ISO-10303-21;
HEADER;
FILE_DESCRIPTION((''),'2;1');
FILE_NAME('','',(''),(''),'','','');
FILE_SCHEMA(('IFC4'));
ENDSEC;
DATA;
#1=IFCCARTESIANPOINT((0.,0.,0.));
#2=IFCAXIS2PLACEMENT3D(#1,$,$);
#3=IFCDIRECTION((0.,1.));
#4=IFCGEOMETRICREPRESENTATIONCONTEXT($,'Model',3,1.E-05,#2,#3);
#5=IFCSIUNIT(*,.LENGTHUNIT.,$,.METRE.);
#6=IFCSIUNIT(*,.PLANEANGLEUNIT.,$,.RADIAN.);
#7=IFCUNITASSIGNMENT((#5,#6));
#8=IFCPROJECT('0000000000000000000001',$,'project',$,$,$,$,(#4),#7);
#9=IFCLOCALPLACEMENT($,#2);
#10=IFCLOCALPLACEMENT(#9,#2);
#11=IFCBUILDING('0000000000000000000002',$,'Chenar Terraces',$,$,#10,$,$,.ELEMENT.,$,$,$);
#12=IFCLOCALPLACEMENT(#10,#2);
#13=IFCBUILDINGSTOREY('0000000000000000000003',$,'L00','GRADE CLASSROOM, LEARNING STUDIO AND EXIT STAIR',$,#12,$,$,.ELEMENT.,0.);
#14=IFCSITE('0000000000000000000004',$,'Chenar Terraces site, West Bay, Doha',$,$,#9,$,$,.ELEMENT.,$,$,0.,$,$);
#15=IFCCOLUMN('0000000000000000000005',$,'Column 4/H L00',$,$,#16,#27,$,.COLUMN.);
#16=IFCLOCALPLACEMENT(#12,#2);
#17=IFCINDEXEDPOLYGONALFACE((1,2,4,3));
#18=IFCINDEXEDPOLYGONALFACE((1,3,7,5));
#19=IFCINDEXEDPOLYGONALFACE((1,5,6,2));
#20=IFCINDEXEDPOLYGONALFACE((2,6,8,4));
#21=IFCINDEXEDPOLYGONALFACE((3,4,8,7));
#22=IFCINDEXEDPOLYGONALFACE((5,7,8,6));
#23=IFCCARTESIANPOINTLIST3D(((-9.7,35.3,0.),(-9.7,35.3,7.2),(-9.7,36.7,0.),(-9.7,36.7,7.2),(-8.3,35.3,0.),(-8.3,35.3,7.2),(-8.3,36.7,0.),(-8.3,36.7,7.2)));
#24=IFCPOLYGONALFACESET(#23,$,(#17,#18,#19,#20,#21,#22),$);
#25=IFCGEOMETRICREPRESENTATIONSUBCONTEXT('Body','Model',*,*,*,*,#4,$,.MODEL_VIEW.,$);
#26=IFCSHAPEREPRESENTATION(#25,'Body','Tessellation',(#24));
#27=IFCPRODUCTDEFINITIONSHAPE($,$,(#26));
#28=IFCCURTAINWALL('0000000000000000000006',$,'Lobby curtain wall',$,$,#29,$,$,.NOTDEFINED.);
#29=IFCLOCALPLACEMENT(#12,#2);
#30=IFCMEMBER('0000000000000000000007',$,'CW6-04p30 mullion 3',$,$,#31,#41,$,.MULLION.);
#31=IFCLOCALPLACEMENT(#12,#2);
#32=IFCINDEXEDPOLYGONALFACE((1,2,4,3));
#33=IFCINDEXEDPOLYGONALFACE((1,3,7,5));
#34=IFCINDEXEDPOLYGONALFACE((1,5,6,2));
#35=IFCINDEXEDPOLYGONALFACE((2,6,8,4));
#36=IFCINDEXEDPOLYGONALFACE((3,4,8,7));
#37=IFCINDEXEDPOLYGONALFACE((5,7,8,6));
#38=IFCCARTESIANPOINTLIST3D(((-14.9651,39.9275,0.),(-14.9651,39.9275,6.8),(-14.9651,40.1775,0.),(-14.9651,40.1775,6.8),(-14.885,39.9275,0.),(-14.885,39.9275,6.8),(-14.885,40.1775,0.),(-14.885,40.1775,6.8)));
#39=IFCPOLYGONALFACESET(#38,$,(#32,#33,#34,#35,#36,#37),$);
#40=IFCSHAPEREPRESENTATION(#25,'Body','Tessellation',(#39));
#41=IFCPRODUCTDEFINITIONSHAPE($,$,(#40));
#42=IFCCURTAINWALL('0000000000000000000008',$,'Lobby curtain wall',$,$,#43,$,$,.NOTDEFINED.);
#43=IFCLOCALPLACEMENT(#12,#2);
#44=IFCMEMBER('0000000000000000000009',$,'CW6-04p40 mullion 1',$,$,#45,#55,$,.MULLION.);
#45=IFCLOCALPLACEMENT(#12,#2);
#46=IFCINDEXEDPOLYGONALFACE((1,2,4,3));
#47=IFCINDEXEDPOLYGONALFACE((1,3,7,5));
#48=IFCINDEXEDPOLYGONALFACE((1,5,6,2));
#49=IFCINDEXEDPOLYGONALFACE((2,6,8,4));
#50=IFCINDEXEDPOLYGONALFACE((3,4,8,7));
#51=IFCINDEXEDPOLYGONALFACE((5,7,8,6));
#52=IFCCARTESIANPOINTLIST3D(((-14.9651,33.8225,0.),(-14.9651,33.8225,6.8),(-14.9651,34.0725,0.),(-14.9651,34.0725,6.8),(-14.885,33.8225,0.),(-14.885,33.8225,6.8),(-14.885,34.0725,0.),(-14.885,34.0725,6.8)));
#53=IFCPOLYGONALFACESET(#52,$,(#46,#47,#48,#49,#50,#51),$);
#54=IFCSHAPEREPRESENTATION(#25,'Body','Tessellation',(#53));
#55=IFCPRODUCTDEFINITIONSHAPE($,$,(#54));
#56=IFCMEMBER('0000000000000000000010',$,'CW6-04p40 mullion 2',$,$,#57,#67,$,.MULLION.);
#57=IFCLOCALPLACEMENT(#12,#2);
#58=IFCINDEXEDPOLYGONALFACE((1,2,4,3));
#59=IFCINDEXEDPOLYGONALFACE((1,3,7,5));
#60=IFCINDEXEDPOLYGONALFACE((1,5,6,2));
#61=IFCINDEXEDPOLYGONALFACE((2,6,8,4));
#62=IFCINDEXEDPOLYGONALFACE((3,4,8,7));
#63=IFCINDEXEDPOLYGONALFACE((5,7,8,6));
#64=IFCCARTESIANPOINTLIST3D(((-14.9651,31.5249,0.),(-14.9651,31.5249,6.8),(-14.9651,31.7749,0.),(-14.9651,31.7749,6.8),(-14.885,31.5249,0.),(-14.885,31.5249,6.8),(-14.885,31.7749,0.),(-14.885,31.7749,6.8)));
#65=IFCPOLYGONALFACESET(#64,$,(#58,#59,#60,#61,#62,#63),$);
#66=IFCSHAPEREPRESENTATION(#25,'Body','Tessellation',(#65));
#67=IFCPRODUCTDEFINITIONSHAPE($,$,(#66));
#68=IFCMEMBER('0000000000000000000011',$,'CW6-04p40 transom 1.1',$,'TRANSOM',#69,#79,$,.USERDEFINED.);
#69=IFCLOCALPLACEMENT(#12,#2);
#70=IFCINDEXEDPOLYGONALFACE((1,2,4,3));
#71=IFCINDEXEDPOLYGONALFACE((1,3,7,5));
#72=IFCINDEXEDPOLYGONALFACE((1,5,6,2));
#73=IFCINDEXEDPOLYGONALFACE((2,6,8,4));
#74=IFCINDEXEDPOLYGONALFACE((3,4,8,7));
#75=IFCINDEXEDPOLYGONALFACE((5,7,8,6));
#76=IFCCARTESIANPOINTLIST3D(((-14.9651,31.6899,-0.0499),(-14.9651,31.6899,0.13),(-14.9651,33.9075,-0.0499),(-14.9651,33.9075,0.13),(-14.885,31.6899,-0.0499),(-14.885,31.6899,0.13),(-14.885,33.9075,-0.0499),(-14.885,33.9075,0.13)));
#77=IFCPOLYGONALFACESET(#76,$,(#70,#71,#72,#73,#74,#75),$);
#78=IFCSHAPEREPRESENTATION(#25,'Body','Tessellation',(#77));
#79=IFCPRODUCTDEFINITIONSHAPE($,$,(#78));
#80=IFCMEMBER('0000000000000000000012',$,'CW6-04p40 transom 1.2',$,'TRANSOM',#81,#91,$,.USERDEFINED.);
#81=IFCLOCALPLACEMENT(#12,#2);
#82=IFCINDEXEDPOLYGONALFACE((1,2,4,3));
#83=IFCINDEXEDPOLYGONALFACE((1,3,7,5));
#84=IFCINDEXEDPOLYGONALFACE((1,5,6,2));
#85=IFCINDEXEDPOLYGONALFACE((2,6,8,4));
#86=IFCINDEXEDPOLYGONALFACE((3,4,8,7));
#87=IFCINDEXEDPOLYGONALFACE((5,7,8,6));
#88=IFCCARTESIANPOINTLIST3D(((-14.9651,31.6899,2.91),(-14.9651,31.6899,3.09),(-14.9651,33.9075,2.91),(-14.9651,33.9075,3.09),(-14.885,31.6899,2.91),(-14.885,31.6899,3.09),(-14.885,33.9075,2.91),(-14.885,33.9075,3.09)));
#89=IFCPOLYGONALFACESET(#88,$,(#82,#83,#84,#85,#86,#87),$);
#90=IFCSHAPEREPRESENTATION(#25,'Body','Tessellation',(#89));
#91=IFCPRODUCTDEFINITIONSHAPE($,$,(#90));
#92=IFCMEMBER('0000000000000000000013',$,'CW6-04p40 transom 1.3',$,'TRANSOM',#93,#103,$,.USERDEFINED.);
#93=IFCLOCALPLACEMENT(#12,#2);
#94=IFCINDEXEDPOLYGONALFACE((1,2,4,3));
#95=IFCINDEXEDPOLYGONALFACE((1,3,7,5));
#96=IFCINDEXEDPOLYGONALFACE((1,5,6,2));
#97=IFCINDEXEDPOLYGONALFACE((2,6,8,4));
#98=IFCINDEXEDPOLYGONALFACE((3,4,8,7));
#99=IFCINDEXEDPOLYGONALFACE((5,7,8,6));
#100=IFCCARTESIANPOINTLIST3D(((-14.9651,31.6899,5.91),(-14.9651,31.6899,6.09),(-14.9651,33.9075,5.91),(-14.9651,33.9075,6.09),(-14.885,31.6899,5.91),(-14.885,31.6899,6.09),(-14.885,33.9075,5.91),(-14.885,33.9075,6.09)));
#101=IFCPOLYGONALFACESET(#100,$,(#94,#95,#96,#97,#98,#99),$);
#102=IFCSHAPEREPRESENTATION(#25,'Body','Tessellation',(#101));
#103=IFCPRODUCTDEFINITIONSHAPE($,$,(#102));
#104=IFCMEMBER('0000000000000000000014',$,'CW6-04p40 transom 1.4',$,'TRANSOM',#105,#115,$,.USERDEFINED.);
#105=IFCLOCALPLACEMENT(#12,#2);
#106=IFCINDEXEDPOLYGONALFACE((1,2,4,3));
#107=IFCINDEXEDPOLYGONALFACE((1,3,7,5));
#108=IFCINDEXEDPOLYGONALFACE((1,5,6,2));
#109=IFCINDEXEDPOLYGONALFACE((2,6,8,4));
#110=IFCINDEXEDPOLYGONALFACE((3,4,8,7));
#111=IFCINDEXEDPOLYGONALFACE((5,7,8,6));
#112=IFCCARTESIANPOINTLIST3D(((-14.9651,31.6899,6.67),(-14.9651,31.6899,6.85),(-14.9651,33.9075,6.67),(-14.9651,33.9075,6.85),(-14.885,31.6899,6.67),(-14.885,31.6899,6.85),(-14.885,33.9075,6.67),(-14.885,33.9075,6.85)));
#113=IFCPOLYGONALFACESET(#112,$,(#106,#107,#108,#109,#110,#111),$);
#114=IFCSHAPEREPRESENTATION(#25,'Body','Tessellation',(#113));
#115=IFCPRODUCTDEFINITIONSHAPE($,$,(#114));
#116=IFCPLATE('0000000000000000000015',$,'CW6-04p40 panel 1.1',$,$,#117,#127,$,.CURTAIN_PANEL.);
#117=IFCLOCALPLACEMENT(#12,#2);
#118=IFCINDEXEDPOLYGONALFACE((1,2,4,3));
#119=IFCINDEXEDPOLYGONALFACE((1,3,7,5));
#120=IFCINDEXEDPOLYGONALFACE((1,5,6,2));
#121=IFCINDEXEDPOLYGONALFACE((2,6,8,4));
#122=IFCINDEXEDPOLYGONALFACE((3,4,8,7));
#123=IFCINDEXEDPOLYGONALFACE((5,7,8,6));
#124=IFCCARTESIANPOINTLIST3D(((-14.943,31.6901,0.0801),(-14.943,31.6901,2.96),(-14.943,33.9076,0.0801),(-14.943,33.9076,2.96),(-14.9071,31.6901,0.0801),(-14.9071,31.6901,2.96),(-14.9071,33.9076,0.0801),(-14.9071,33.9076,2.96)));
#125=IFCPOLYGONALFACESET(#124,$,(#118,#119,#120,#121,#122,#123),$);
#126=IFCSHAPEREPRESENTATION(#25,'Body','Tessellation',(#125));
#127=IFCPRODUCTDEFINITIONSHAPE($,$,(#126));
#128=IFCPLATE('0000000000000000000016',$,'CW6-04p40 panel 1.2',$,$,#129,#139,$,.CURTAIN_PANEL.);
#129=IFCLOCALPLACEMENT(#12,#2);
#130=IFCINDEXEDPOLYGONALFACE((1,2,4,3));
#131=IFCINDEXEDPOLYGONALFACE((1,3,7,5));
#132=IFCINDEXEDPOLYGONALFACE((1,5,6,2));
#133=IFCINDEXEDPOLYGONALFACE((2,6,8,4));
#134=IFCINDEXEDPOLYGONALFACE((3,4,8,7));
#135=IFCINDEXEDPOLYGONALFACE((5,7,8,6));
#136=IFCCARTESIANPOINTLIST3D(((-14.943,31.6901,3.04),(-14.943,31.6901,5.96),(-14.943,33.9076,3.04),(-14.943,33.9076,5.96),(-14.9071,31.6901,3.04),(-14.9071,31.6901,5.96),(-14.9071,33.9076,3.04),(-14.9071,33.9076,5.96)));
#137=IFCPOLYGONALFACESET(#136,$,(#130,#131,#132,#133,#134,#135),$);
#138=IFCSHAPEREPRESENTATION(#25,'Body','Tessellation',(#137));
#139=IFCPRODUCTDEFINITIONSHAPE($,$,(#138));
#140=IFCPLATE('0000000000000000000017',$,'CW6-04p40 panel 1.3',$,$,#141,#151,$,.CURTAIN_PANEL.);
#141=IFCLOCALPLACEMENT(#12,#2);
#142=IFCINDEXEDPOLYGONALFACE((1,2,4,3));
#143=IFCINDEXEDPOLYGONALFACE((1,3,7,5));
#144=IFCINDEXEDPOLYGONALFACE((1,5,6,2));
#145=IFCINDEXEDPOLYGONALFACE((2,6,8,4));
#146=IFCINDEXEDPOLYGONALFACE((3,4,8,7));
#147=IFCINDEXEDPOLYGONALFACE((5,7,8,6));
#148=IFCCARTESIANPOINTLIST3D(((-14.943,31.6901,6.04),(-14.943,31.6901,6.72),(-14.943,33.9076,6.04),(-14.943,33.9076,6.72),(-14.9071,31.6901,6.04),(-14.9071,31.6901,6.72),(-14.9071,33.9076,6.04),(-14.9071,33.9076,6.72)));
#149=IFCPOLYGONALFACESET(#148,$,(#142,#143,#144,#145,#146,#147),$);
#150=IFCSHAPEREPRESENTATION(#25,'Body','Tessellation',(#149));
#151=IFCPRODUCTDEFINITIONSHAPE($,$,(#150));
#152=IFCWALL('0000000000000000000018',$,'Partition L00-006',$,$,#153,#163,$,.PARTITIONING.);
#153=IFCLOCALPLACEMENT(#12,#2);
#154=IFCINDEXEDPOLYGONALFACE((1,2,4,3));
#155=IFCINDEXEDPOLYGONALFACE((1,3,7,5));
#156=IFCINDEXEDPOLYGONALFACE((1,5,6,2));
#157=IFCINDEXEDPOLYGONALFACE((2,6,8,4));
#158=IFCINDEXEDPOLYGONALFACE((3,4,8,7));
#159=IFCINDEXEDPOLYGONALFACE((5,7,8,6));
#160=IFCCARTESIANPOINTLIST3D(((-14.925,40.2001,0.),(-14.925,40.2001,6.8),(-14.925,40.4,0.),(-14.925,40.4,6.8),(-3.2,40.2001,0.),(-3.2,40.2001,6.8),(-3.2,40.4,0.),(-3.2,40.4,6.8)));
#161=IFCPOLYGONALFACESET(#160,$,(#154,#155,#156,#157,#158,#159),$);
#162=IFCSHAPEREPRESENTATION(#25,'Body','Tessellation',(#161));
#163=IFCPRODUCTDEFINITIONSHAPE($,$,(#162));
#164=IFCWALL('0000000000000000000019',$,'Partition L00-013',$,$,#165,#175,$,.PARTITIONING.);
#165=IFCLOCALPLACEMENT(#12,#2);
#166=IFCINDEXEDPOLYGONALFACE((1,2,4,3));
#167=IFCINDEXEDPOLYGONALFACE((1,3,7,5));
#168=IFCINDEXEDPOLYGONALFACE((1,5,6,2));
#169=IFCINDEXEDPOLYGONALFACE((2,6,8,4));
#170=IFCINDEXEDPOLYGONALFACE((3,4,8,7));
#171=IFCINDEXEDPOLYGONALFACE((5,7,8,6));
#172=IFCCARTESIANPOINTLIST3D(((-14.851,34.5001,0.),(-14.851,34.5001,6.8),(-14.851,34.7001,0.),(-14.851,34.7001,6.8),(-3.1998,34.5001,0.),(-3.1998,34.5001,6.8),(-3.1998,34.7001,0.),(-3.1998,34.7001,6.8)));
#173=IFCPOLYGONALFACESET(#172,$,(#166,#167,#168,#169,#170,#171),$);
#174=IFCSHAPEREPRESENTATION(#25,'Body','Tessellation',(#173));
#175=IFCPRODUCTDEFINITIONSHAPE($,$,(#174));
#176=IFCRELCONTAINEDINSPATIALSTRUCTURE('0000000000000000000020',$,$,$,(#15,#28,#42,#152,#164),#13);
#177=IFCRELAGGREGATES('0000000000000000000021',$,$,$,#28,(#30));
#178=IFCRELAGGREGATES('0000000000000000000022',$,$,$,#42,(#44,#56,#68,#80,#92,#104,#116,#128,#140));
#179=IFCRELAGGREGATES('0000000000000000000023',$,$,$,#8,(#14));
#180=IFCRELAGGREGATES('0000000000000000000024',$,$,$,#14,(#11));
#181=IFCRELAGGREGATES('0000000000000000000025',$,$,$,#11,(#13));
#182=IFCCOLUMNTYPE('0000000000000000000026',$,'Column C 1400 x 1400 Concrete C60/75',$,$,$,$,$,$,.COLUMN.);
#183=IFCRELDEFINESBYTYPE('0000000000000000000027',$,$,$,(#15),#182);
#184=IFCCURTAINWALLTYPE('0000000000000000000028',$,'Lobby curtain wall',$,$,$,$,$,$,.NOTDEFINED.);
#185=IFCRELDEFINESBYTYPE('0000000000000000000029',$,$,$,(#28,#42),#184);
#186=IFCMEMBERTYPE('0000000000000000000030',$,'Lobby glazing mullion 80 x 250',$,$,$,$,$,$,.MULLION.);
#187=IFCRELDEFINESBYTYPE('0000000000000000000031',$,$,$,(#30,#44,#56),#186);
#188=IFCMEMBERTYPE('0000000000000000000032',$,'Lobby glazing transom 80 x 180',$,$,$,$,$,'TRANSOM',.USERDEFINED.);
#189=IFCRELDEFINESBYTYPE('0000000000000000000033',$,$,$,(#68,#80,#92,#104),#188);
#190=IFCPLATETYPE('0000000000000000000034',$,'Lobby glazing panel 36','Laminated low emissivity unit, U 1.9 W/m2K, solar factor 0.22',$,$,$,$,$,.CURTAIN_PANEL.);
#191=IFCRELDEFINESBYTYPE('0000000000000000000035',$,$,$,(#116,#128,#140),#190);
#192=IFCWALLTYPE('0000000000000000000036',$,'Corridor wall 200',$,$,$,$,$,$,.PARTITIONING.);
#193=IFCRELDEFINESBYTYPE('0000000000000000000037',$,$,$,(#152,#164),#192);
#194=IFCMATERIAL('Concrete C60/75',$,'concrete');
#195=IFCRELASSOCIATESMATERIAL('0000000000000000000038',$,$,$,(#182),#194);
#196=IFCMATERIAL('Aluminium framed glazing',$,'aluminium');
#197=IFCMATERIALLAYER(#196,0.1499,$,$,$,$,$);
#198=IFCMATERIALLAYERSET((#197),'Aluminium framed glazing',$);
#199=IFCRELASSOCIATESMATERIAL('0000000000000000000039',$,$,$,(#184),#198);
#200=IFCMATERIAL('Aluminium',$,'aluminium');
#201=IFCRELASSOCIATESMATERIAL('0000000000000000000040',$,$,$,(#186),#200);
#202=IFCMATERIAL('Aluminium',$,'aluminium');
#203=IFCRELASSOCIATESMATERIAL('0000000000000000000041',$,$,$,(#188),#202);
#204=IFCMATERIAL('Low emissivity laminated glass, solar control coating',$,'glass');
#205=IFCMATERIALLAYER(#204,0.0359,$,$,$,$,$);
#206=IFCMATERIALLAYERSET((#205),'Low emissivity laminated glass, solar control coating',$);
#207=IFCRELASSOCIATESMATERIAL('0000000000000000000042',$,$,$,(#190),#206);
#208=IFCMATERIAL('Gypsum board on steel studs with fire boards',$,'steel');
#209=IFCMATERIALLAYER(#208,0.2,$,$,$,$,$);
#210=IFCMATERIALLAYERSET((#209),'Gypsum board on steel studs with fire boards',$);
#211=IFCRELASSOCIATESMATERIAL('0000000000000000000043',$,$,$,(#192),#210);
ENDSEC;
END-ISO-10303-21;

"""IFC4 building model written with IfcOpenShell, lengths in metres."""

from ifc_helpers import new_model, si_unit, direction, frame, frame_2d, origin, origin_2d, place, context, subcontext, project, spatial, rectangle, extrude, material, layer, layer_set, material_profile, profile_set, type_object, element, aggregate, save


model = new_model("IFC4")

# Units and contexts
model_context = context("Model", 3, precision=1e-05, world=origin(), true_north=direction((0.0, 1.0)))
body_context = subcontext(model_context, "Body", "Model", "MODEL_VIEW")
ifc_project = project(units=[si_unit("LENGTHUNIT", "METRE"), si_unit("PLANEANGLEUNIT", "RADIAN")], contexts=[model_context])

# Site, building, storey
site_placement = place(None, origin())
site = spatial("IfcSite", under=ifc_project, at=site_placement, Name="Chenar Terraces site, West Bay, Doha", CompositionType="ELEMENT", RefElevation=0.0)
building_placement = place(site_placement, origin())
building = spatial("IfcBuilding", under=site, at=building_placement, Name="Chenar Terraces", CompositionType="ELEMENT")
storey_placement = place(building_placement, origin())
storey = spatial("IfcBuildingStorey", under=building, at=storey_placement, Name="L00", Description="GRADE CLASSROOM, LEARNING STUDIO AND EXIT STAIR", CompositionType="ELEMENT", Elevation=0.0)

# Column
ifc_material_1 = material(Name="Concrete C60/75", Category="concrete")
ifc_material_profile_1 = material_profile(ifc_material_1, rectangle(XDim=1.3999, YDim=1.3999, at=origin_2d()), Name="C 1400 x 1400")
ifc_profile_set_1 = profile_set([ifc_material_profile_1], Name="Concrete C60/75")
column_type = type_object("IfcColumnType", Name="Column C 1400 x 1400 Concrete C60/75", PredefinedType="COLUMN", material=ifc_profile_set_1)
column_placement = place(storey_placement, frame((-9.0, 36.0, 0.0), z_axis=(0.0, 0.0, 1.0), x_axis=(1.0, 0.0, 0.0)))
element("IfcColumn", 1, at=column_placement, inside=storey, type_object=column_type, Name="Column 4/H L00", PredefinedType="COLUMN", context=body_context, shape_type="SweptSolid", body=[
    extrude(rectangle(XDim=1.3999, YDim=1.3999, at=origin_2d()), origin(), (0.0, 0.0, 1.0), 7.2),
])

# Curtain wall, member
ifc_material_2 = material(Name="Aluminium framed glazing", Category="aluminium")
ifc_layer_1 = layer(ifc_material_2, 0.1499)
ifc_layer_set_1 = layer_set([ifc_layer_1], Name="Aluminium framed glazing")
curtain_wall_type = type_object("IfcCurtainWallType", Name="Lobby curtain wall", PredefinedType="NOTDEFINED", material=ifc_layer_set_1)
placement = place(storey_placement, origin())
curtain_wall_1 = element("IfcCurtainWall", 2, at=placement, inside=storey, type_object=curtain_wall_type, Name="Lobby curtain wall", PredefinedType="NOTDEFINED")
ifc_material_3 = material(Name="Aluminium", Category="aluminium")
ifc_material_profile_2 = material_profile(ifc_material_3, rectangle(XDim=0.0801, YDim=0.25, at=origin_2d()), Name="Lobby glazing mullion 80 x 250")
ifc_profile_set_2 = profile_set([ifc_material_profile_2], Name="Aluminium")
member_type_1 = type_object("IfcMemberType", Name="Lobby glazing mullion 80 x 250", PredefinedType="MULLION", material=ifc_profile_set_2)
member_1_placement = place(storey_placement, frame((-14.925, 40.0525, 0.0), z_axis=(0.0, 0.0, 1.0), x_axis=(1.0, 0.0, 0.0)))
member_1 = element("IfcMember", 3, at=member_1_placement, type_object=member_type_1, Name="CW6-04p30 mullion 3", PredefinedType="MULLION", context=body_context, shape_type="SweptSolid", body=[
    extrude(rectangle(XDim=0.0801, YDim=0.25, at=origin_2d()), origin(), (0.0, 0.0, 1.0), 6.8),
])
aggregate(curtain_wall_1, [member_1])

# Curtain wall, members, plates
curtain_wall_2 = element("IfcCurtainWall", 4, at=placement, inside=storey, type_object=curtain_wall_type, Name="Lobby curtain wall", PredefinedType="NOTDEFINED")
member_2_placement = place(storey_placement, frame((-14.925, 33.9475, 0.0), z_axis=(0.0, 0.0, 1.0), x_axis=(1.0, 0.0, 0.0)))
member_2 = element("IfcMember", 5, at=member_2_placement, type_object=member_type_1, Name="CW6-04p40 mullion 1", PredefinedType="MULLION", context=body_context, shape_type="SweptSolid", body=[
    extrude(rectangle(XDim=0.0801, YDim=0.25, at=origin_2d()), origin(), (0.0, 0.0, 1.0), 6.8),
])
member_3_placement = place(storey_placement, frame((-14.925, 31.6499, 0.0), z_axis=(0.0, 0.0, 1.0), x_axis=(1.0, 0.0, 0.0)))
member_3 = element("IfcMember", 6, at=member_3_placement, type_object=member_type_1, Name="CW6-04p40 mullion 2", PredefinedType="MULLION", context=body_context, shape_type="SweptSolid", body=[
    extrude(rectangle(XDim=0.0801, YDim=0.25, at=origin_2d()), origin(), (0.0, 0.0, 1.0), 6.8),
])
ifc_material_4 = material(Name="Aluminium", Category="aluminium")
ifc_material_profile_3 = material_profile(ifc_material_4, rectangle(XDim=0.0801, YDim=0.1799, at=origin_2d()), Name="Lobby glazing transom 80 x 180")
ifc_profile_set_3 = profile_set([ifc_material_profile_3], Name="Aluminium")
member_type_2 = type_object("IfcMemberType", Name="Lobby glazing transom 80 x 180", ElementType="TRANSOM", PredefinedType="USERDEFINED", material=ifc_profile_set_3)
member_4_placement = place(storey_placement, frame((-14.925, 33.9075, 0.04), z_axis=(0.0, -1.0, 0.0), x_axis=(1.0, 0.0, 0.0)))
member_4 = element("IfcMember", 7, at=member_4_placement, type_object=member_type_2, Name="CW6-04p40 transom 1.1", ObjectType="TRANSOM", PredefinedType="USERDEFINED", context=body_context, shape_type="SweptSolid", body=[
    extrude(rectangle(XDim=0.0801, YDim=0.1799, at=origin_2d()), origin(), (0.0, 0.0, 1.0), 2.2175),
])
member_5_placement = place(storey_placement, frame((-14.925, 33.9075, 3.0), z_axis=(0.0, -1.0, 0.0), x_axis=(1.0, 0.0, 0.0)))
member_5 = element("IfcMember", 8, at=member_5_placement, type_object=member_type_2, Name="CW6-04p40 transom 1.2", ObjectType="TRANSOM", PredefinedType="USERDEFINED", context=body_context, shape_type="SweptSolid", body=[
    extrude(rectangle(XDim=0.0801, YDim=0.1799, at=origin_2d()), origin(), (0.0, 0.0, 1.0), 2.2175),
])
member_6_placement = place(storey_placement, frame((-14.925, 33.9075, 6.0), z_axis=(0.0, -1.0, 0.0), x_axis=(1.0, 0.0, 0.0)))
member_6 = element("IfcMember", 9, at=member_6_placement, type_object=member_type_2, Name="CW6-04p40 transom 1.3", ObjectType="TRANSOM", PredefinedType="USERDEFINED", context=body_context, shape_type="SweptSolid", body=[
    extrude(rectangle(XDim=0.0801, YDim=0.1799, at=origin_2d()), origin(), (0.0, 0.0, 1.0), 2.2175),
])
member_7_placement = place(storey_placement, frame((-14.925, 33.9075, 6.76), z_axis=(0.0, -1.0, 0.0), x_axis=(1.0, 0.0, 0.0)))
member_7 = element("IfcMember", 10, at=member_7_placement, type_object=member_type_2, Name="CW6-04p40 transom 1.4", ObjectType="TRANSOM", PredefinedType="USERDEFINED", context=body_context, shape_type="SweptSolid", body=[
    extrude(rectangle(XDim=0.0801, YDim=0.1799, at=origin_2d()), origin(), (0.0, 0.0, 1.0), 2.2175),
])
ifc_material_5 = material(Name="Low emissivity laminated glass, solar control coating", Category="glass")
ifc_layer_2 = layer(ifc_material_5, 0.0359)
ifc_layer_set_2 = layer_set([ifc_layer_2], Name="Low emissivity laminated glass, solar control coating")
plate_type = type_object("IfcPlateType", Name="Lobby glazing panel 36", Description="Laminated low emissivity unit, U 1.9 W/m2K, solar factor 0.22", PredefinedType="CURTAIN_PANEL", material=ifc_layer_set_2)
plate_1_placement = place(storey_placement, frame((-14.925, 32.7988, 0.0801), z_axis=(0.0, 0.0, 1.0), x_axis=(0.0, -1.0, 0.0)))
plate_1 = element("IfcPlate", 11, at=plate_1_placement, type_object=plate_type, Name="CW6-04p40 panel 1.1", PredefinedType="CURTAIN_PANEL", context=body_context, shape_type="SweptSolid", body=[
    extrude(rectangle(XDim=2.2175, YDim=0.0359, at=origin_2d()), origin(), (0.0, 0.0, 1.0), 2.8799),
])
plate_2_placement = place(storey_placement, frame((-14.925, 32.7988, 3.04), z_axis=(0.0, 0.0, 1.0), x_axis=(0.0, -1.0, 0.0)))
plate_2 = element("IfcPlate", 12, at=plate_2_placement, type_object=plate_type, Name="CW6-04p40 panel 1.2", PredefinedType="CURTAIN_PANEL", context=body_context, shape_type="SweptSolid", body=[
    extrude(rectangle(XDim=2.2175, YDim=0.0359, at=origin_2d()), origin(), (0.0, 0.0, 1.0), 2.9199),
])
plate_3_placement = place(storey_placement, frame((-14.925, 32.7988, 6.04), z_axis=(0.0, 0.0, 1.0), x_axis=(0.0, -1.0, 0.0)))
plate_3 = element("IfcPlate", 13, at=plate_3_placement, type_object=plate_type, Name="CW6-04p40 panel 1.3", PredefinedType="CURTAIN_PANEL", context=body_context, shape_type="SweptSolid", body=[
    extrude(rectangle(XDim=2.2175, YDim=0.0359, at=origin_2d()), origin(), (0.0, 0.0, 1.0), 0.6799),
])
aggregate(curtain_wall_2, [member_2, member_3, member_4, member_5, member_6, member_7, plate_1, plate_2, plate_3])

# Walls
ifc_material_6 = material(Name="Gypsum board on steel studs with fire boards", Category="steel")
ifc_layer_3 = layer(ifc_material_6, 0.2)
ifc_layer_set_3 = layer_set([ifc_layer_3], Name="Gypsum board on steel studs with fire boards")
wall_type_1 = type_object("IfcWallType", Name="Corridor wall 200", PredefinedType="PARTITIONING", material=ifc_layer_set_3)
wall_1_placement = place(storey_placement, frame((-14.925, 40.3, 0.0), z_axis=(0.0, 0.0, 1.0), x_axis=(1.0, 0.0, 0.0)))
element("IfcWall", 14, at=wall_1_placement, inside=storey, type_object=wall_type_1, Name="Partition L00-006", PredefinedType="PARTITIONING", context=body_context, shape_type="SweptSolid", body=[
    extrude(rectangle(XDim=11.7251, YDim=0.2, at=frame_2d((5.8625, 0.0))), origin(), (0.0, 0.0, 1.0), 6.8),
])
wall_2_placement = place(storey_placement, frame((-14.8511, 34.6001, 0.0), z_axis=(0.0, 0.0, 1.0), x_axis=(1.0, 0.0, 0.0)))
element("IfcWall", 15, at=wall_2_placement, inside=storey, type_object=wall_type_1, Name="Partition L00-013", PredefinedType="PARTITIONING", context=body_context, shape_type="SweptSolid", body=[
    extrude(rectangle(XDim=11.6511, YDim=0.2, at=frame_2d((5.8257, 0.0))), origin(), (0.0, 0.0, 1.0), 6.8),
])

save(model, "model.ifc")
